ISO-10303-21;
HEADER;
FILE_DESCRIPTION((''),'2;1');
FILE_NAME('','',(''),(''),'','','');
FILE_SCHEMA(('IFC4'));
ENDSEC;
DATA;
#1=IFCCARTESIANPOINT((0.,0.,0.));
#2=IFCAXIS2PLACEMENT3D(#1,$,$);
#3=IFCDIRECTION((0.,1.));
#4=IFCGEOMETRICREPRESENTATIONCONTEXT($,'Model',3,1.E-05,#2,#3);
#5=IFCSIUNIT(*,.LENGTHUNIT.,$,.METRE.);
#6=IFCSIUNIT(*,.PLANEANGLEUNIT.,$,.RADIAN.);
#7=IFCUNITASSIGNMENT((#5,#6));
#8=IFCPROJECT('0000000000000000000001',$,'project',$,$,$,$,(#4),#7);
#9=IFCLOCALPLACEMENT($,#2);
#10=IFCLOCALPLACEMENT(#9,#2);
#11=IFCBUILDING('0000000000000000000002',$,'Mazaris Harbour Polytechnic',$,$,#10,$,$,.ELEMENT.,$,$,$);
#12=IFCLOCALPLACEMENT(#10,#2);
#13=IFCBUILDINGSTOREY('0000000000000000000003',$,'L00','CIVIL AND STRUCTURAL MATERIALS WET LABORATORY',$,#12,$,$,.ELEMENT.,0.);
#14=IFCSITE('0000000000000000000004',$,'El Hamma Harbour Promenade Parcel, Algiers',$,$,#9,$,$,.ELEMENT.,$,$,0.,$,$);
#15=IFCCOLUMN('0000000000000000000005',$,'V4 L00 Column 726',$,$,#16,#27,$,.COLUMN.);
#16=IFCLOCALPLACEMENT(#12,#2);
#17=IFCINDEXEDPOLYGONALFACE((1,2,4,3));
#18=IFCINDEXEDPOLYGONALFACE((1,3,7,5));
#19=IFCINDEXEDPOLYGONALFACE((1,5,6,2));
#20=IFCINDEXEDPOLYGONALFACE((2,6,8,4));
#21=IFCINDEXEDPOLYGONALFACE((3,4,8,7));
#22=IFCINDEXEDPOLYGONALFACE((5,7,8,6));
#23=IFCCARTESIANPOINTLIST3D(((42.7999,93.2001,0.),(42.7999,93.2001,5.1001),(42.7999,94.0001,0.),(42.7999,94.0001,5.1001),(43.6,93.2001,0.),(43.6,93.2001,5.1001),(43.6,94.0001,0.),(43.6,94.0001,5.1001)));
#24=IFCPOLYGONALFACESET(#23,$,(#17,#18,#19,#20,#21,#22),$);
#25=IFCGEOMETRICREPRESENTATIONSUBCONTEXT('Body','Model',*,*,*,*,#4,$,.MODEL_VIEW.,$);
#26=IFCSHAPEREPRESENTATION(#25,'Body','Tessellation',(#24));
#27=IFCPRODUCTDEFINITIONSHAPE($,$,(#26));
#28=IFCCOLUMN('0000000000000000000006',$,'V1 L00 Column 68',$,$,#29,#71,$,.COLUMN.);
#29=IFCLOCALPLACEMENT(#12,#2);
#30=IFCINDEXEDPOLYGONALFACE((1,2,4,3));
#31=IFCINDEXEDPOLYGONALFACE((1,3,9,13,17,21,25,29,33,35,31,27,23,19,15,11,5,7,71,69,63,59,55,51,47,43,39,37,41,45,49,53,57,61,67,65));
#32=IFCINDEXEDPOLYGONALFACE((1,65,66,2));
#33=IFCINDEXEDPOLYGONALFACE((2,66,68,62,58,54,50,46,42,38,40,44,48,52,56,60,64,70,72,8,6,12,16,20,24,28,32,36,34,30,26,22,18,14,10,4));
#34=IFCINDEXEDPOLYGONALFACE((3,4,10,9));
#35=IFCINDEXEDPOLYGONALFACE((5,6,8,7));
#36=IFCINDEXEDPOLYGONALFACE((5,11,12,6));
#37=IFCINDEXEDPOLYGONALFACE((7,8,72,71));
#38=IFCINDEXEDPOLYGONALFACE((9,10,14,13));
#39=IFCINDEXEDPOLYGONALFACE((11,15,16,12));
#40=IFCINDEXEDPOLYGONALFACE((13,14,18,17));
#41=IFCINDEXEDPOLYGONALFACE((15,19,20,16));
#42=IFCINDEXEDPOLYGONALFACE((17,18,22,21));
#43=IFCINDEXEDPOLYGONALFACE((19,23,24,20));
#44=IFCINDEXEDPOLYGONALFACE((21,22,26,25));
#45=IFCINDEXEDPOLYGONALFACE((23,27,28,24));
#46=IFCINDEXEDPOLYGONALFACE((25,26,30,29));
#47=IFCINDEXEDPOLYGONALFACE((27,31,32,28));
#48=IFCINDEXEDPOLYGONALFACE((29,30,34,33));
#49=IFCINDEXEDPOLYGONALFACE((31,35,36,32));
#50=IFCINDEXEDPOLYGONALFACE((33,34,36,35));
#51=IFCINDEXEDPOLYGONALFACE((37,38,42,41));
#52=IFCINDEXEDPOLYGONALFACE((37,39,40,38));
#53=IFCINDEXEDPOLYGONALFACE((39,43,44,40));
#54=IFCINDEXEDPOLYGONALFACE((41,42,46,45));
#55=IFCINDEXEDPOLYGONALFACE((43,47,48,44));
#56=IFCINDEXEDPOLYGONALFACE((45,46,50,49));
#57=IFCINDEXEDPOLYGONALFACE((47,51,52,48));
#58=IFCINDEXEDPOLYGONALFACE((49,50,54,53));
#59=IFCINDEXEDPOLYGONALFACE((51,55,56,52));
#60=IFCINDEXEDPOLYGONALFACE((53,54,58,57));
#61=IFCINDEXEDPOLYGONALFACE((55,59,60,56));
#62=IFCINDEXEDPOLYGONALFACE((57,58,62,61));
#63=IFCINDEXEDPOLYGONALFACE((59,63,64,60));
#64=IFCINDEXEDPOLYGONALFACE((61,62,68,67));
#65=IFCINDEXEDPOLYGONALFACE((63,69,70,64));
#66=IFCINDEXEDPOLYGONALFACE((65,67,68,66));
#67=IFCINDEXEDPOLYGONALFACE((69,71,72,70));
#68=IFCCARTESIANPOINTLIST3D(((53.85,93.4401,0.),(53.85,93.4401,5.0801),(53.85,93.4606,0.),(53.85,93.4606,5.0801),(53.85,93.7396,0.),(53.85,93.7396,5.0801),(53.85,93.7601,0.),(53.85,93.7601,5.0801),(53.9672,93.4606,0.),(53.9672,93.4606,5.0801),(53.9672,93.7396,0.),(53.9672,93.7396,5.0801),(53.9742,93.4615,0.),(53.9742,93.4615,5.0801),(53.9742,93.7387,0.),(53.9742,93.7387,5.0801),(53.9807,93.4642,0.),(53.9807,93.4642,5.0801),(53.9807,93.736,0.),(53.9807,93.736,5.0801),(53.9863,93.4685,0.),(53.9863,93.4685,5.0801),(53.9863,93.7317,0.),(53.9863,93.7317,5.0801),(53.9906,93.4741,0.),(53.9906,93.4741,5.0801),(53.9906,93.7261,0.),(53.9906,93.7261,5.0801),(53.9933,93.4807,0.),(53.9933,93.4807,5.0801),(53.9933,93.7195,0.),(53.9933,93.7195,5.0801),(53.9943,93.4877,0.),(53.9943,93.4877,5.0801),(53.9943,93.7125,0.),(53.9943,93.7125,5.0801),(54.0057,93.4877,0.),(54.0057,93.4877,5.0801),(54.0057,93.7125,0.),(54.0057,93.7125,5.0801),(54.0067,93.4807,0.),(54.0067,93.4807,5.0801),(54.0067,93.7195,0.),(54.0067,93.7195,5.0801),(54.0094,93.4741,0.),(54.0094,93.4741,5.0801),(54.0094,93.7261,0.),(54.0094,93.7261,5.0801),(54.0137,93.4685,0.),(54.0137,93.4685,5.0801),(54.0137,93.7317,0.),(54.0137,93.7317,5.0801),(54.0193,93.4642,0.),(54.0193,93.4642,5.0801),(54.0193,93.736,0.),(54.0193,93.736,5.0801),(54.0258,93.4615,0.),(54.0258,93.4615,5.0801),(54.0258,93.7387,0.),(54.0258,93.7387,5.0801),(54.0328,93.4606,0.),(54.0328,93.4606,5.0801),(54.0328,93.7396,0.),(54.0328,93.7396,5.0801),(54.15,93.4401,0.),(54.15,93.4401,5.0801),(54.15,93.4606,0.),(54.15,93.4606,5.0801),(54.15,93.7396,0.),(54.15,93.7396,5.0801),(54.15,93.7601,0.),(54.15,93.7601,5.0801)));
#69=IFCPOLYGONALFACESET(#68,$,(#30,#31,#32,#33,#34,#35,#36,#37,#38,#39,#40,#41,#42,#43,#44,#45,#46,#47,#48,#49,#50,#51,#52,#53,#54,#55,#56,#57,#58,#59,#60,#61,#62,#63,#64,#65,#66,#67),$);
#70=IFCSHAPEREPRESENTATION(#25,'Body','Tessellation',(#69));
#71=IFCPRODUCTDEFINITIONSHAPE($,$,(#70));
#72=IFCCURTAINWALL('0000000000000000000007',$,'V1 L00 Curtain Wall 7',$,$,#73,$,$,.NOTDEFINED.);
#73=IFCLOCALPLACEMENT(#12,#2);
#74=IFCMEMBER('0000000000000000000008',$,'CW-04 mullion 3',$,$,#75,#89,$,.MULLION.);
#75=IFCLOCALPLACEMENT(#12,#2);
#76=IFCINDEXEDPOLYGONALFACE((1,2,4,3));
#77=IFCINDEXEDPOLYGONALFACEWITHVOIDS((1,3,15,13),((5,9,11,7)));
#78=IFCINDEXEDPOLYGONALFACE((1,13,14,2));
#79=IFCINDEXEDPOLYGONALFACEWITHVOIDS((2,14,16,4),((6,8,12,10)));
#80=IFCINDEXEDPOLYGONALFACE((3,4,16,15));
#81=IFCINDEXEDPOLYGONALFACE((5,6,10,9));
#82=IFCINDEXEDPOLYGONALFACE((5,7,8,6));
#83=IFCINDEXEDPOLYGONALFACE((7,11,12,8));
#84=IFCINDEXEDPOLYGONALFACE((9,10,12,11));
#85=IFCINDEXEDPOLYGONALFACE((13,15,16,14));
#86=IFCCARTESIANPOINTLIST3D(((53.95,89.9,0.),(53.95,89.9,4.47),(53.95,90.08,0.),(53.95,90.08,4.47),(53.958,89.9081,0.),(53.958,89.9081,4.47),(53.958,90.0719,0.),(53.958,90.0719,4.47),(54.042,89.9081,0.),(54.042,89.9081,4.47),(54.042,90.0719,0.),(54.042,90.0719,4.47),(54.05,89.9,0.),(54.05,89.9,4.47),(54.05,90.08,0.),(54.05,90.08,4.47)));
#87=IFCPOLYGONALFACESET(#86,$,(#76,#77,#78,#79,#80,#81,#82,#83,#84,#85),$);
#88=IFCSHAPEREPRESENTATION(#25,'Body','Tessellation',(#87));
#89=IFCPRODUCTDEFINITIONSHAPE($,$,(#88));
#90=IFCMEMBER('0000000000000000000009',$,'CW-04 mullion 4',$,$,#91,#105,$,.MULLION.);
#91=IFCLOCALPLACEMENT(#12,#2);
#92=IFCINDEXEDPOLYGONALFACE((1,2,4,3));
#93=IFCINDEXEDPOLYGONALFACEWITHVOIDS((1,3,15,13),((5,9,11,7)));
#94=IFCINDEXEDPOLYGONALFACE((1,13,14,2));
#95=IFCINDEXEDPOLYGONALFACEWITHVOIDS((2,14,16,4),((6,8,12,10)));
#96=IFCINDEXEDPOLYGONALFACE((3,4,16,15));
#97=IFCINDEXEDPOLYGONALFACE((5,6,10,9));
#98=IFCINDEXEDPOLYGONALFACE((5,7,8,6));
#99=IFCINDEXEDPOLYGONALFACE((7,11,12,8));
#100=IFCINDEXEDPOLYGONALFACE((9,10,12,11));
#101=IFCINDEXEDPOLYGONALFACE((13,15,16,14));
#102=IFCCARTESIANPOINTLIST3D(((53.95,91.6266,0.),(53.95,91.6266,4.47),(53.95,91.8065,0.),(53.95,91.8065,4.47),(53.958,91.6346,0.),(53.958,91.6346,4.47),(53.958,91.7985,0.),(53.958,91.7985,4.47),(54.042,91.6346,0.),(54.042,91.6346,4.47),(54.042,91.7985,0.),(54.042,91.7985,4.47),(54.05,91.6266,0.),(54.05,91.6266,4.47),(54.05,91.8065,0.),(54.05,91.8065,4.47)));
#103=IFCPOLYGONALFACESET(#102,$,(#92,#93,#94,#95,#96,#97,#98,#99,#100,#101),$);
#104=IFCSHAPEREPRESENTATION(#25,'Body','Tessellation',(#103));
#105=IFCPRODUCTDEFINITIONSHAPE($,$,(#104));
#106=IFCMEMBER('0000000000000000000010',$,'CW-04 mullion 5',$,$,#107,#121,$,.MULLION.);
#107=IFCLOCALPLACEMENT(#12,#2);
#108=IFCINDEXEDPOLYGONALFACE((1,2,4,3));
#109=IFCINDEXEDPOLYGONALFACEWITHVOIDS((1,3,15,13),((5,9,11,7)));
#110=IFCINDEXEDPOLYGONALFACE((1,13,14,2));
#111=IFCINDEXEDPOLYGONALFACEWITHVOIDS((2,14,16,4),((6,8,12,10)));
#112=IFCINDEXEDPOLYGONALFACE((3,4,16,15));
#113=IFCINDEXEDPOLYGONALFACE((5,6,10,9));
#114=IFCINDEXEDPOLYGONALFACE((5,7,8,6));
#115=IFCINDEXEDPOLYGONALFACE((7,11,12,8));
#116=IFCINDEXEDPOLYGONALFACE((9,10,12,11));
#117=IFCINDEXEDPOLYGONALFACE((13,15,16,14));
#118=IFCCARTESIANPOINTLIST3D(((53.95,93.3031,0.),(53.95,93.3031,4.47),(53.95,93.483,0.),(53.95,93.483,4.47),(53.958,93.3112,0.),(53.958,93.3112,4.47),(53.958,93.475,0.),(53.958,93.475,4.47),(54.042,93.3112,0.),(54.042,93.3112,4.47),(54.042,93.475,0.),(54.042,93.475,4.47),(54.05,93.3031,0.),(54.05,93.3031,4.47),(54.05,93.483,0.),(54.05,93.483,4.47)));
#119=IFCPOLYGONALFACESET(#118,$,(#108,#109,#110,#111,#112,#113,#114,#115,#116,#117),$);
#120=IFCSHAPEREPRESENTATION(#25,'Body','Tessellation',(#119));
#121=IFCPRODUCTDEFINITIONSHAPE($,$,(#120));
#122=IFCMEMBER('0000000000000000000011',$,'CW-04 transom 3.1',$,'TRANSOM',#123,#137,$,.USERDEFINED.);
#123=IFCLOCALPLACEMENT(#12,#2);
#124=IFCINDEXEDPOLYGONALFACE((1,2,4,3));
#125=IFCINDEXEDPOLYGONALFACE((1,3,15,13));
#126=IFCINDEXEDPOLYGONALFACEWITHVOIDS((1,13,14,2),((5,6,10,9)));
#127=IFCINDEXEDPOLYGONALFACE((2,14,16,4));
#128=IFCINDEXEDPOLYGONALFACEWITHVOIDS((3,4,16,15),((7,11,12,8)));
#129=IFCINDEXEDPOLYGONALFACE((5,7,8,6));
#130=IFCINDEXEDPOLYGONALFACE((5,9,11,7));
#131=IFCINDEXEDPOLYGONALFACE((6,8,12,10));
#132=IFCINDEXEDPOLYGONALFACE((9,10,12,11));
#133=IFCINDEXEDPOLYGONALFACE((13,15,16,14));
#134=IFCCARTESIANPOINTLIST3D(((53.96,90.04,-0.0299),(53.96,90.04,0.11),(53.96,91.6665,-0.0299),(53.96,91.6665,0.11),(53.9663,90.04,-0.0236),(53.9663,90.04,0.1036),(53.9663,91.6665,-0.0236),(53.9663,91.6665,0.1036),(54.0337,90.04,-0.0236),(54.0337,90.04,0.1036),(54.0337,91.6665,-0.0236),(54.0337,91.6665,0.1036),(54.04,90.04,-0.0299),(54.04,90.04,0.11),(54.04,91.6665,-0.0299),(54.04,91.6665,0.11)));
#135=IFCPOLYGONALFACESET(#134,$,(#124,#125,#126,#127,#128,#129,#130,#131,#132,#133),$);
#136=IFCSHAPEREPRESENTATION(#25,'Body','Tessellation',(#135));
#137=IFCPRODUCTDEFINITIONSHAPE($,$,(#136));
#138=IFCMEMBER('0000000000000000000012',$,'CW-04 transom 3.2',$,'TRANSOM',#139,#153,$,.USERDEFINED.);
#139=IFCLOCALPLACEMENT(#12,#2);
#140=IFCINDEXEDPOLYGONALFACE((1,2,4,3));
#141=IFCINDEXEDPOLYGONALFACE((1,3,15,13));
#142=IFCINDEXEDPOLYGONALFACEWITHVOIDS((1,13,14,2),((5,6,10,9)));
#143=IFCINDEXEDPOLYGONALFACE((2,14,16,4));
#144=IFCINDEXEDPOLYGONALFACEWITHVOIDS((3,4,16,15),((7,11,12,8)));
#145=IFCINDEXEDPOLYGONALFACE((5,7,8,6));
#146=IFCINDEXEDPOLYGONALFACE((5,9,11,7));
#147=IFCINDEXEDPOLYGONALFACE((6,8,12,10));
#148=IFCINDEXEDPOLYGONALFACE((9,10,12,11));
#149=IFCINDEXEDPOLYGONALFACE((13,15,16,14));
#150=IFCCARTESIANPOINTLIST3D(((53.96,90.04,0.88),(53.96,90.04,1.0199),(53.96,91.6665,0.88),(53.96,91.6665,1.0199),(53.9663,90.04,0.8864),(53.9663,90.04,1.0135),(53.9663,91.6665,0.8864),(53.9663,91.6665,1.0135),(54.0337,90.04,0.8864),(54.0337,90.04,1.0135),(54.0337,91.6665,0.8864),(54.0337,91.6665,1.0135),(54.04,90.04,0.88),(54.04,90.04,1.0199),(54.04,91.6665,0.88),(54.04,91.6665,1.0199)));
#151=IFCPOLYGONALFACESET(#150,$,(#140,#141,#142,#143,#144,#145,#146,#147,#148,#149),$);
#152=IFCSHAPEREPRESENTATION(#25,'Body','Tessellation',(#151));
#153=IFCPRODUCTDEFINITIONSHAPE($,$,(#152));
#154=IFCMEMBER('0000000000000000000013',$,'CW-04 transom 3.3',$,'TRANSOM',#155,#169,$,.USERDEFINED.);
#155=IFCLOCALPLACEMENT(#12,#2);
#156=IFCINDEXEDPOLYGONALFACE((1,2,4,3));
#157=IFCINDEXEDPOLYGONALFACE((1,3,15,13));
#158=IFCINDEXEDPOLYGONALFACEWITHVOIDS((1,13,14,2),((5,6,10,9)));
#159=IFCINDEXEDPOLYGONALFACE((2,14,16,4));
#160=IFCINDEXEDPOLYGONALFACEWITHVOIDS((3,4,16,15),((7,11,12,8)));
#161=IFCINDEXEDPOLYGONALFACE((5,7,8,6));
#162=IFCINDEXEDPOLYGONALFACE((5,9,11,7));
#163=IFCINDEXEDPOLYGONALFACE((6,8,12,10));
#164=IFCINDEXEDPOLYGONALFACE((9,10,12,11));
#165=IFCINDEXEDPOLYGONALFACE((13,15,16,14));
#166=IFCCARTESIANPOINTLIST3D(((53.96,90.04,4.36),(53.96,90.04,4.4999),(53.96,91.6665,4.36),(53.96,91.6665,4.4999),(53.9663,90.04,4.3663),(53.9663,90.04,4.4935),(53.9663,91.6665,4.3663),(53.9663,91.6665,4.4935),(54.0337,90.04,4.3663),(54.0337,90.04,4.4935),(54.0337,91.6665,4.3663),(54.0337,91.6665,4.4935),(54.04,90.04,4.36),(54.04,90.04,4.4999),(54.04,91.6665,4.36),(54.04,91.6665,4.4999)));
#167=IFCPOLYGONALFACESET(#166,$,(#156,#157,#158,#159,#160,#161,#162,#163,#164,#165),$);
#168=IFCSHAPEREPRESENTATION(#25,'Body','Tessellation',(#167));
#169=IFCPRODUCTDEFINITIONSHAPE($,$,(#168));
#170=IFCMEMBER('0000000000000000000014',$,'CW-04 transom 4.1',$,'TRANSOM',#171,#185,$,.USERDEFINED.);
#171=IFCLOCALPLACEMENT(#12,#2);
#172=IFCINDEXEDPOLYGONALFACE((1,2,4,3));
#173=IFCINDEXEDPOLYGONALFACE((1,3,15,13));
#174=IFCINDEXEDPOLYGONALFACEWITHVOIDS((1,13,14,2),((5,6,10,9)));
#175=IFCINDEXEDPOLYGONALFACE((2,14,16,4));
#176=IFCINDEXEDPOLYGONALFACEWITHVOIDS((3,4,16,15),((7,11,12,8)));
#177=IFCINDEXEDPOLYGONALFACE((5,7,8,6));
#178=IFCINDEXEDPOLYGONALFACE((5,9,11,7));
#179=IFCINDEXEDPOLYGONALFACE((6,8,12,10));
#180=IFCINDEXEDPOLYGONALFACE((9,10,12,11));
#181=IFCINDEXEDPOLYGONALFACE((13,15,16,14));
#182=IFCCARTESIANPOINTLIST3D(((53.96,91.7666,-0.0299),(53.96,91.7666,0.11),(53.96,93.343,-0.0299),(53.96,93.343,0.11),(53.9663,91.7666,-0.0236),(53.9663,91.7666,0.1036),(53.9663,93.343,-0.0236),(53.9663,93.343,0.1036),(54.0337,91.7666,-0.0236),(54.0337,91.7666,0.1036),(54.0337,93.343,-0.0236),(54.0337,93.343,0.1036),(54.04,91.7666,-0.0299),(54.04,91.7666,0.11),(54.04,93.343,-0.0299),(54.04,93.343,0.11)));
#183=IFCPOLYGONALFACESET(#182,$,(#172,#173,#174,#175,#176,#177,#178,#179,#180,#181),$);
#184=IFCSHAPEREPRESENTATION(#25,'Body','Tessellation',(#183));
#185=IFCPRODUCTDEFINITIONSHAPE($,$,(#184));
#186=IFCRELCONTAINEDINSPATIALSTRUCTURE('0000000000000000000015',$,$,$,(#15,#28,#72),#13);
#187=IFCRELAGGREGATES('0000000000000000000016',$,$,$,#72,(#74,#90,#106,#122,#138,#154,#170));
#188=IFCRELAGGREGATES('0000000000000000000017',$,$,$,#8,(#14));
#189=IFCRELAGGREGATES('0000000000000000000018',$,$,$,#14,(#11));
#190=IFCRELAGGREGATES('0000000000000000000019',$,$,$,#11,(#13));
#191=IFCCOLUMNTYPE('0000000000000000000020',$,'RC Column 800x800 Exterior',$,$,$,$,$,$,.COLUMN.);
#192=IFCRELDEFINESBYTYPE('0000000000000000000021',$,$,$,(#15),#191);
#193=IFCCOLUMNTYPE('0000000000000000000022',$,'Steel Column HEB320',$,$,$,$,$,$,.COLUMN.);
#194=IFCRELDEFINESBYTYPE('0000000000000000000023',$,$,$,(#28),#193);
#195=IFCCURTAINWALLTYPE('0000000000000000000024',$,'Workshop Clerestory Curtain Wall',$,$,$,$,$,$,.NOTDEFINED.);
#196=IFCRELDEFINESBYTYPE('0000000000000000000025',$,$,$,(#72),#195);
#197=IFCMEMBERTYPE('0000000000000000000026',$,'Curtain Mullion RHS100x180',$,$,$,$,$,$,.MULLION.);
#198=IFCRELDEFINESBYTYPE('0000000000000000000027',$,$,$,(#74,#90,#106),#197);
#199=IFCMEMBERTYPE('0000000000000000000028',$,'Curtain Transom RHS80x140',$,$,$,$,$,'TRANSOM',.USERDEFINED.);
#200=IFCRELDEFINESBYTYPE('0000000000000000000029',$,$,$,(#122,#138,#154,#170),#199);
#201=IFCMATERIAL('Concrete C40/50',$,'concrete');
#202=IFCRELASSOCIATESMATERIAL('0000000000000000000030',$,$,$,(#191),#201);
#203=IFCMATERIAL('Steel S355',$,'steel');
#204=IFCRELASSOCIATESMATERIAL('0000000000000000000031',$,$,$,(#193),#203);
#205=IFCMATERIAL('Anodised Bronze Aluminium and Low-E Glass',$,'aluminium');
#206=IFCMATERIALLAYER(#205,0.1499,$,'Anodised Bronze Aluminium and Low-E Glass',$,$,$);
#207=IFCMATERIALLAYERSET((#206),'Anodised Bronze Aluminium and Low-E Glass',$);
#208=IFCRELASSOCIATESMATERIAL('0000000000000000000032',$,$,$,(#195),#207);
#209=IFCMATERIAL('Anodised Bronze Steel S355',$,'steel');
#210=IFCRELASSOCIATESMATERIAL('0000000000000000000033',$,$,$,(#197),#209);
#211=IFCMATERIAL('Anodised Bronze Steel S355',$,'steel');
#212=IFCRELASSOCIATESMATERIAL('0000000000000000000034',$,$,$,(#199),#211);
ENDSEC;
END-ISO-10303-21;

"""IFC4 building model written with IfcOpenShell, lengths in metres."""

from ifc_helpers import new_model, si_unit, direction, frame, origin, origin_2d, place, context, subcontext, project, spatial, rectangle, hollow_rectangle, i_section, extrude, material, layer, layer_set, material_profile, profile_set, type_object, element, aggregate, save


model = new_model("IFC4")

# Units and contexts
model_context = context("Model", 3, precision=1e-05, world=origin(), true_north=direction((0.0, 1.0)))
body_context = subcontext(model_context, "Body", "Model", "MODEL_VIEW")
ifc_project = project(units=[si_unit("LENGTHUNIT", "METRE"), si_unit("PLANEANGLEUNIT", "RADIAN")], contexts=[model_context])

# Site, building, storey
site_placement = place(None, origin())
site = spatial("IfcSite", under=ifc_project, at=site_placement, Name="El Hamma Harbour Promenade Parcel, Algiers", CompositionType="ELEMENT", RefElevation=0.0)
building_placement = place(site_placement, origin())
building = spatial("IfcBuilding", under=site, at=building_placement, Name="Mazaris Harbour Polytechnic", CompositionType="ELEMENT")
storey_placement = place(building_placement, origin())
storey = spatial("IfcBuildingStorey", under=building, at=storey_placement, Name="L00", Description="CIVIL AND STRUCTURAL MATERIALS WET LABORATORY", CompositionType="ELEMENT", Elevation=0.0)

# Columns
ifc_material_1 = material(Name="Concrete C40/50", Category="concrete")
ifc_material_profile_1 = material_profile(ifc_material_1, rectangle(XDim=0.8, YDim=0.8, at=origin_2d()), Name="RECT800x800")
ifc_profile_set_1 = profile_set([ifc_material_profile_1], Name="Concrete C40/50")
column_type_1 = type_object("IfcColumnType", Name="RC Column 800x800 Exterior", PredefinedType="COLUMN", material=ifc_profile_set_1)
column_1_placement = place(storey_placement, frame((43.2, 93.6001, 0.0), z_axis=(0.0, 0.0, 1.0), x_axis=(1.0, 0.0, 0.0)))
element("IfcColumn", 1, at=column_1_placement, inside=storey, type_object=column_type_1, Name="V4 L00 Column 726", PredefinedType="COLUMN", context=body_context, shape_type="SweptSolid", body=[
    extrude(rectangle(XDim=0.8, YDim=0.8, at=origin_2d()), origin(), (0.0, 0.0, 1.0), 5.1001),
])
ifc_material_2 = material(Name="Steel S355", Category="steel")
ifc_material_profile_2 = material_profile(ifc_material_2, i_section(OverallWidth=0.3, OverallDepth=0.3201, WebThickness=0.0115, FlangeThickness=0.0205, FilletRadius=0.0271, at=origin_2d()), Name="HEB 320")
ifc_profile_set_2 = profile_set([ifc_material_profile_2], Name="Steel S355")
column_type_2 = type_object("IfcColumnType", Name="Steel Column HEB320", PredefinedType="COLUMN", material=ifc_profile_set_2)
column_2_placement = place(storey_placement, frame((54.0, 93.6001, 0.0), z_axis=(0.0, 0.0, 1.0), x_axis=(1.0, 0.0, 0.0)))
element("IfcColumn", 2, at=column_2_placement, inside=storey, type_object=column_type_2, Name="V1 L00 Column 68", PredefinedType="COLUMN", context=body_context, shape_type="SweptSolid", body=[
    extrude(i_section(OverallWidth=0.3, OverallDepth=0.3201, WebThickness=0.0115, FlangeThickness=0.0205, FilletRadius=0.0271, at=origin_2d()), origin(), (0.0, 0.0, 1.0), 5.0801),
])

# Curtain wall, members
ifc_material_3 = material(Name="Anodised Bronze Aluminium and Low-E Glass", Category="aluminium")
ifc_layer_1 = layer(ifc_material_3, 0.1499, Name="Anodised Bronze Aluminium and Low-E Glass")
ifc_layer_set_1 = layer_set([ifc_layer_1], Name="Anodised Bronze Aluminium and Low-E Glass")
curtain_wall_type = type_object("IfcCurtainWallType", Name="Workshop Clerestory Curtain Wall", PredefinedType="NOTDEFINED", material=ifc_layer_set_1)
curtain_wall_placement = place(storey_placement, origin())
curtain_wall = element("IfcCurtainWall", 3, at=curtain_wall_placement, inside=storey, type_object=curtain_wall_type, Name="V1 L00 Curtain Wall 7", PredefinedType="NOTDEFINED")
ifc_material_4 = material(Name="Anodised Bronze Steel S355", Category="steel")
ifc_material_profile_3 = material_profile(ifc_material_4, hollow_rectangle(XDim=0.1001, YDim=0.1799, WallThickness=0.0081, at=origin_2d()), Name="RHS 100x180x8.0")
ifc_profile_set_3 = profile_set([ifc_material_profile_3], Name="Anodised Bronze Steel S355")
member_type_1 = type_object("IfcMemberType", Name="Curtain Mullion RHS100x180", PredefinedType="MULLION", material=ifc_profile_set_3)
member_1_placement = place(storey_placement, frame((54.0, 89.99, 0.0), z_axis=(0.0, 0.0, 1.0), x_axis=(-1.0, 0.0, 0.0)))
member_1 = element("IfcMember", 4, at=member_1_placement, type_object=member_type_1, Name="CW-04 mullion 3", PredefinedType="MULLION", context=body_context, shape_type="SweptSolid", body=[
    extrude(hollow_rectangle(XDim=0.1001, YDim=0.1799, WallThickness=0.0081, at=origin_2d()), origin(), (0.0, 0.0, 1.0), 4.47),
])
member_2_placement = place(storey_placement, frame((54.0, 91.7166, 0.0), z_axis=(0.0, 0.0, 1.0), x_axis=(-1.0, 0.0, 0.0)))
member_2 = element("IfcMember", 5, at=member_2_placement, type_object=member_type_1, Name="CW-04 mullion 4", PredefinedType="MULLION", context=body_context, shape_type="SweptSolid", body=[
    extrude(hollow_rectangle(XDim=0.1001, YDim=0.1799, WallThickness=0.0081, at=origin_2d()), origin(), (0.0, 0.0, 1.0), 4.47),
])
member_3_placement = place(storey_placement, frame((54.0, 93.3931, 0.0), z_axis=(0.0, 0.0, 1.0), x_axis=(-1.0, 0.0, 0.0)))
member_3 = element("IfcMember", 6, at=member_3_placement, type_object=member_type_1, Name="CW-04 mullion 5", PredefinedType="MULLION", context=body_context, shape_type="SweptSolid", body=[
    extrude(hollow_rectangle(XDim=0.1001, YDim=0.1799, WallThickness=0.0081, at=origin_2d()), origin(), (0.0, 0.0, 1.0), 4.47),
])
ifc_material_5 = material(Name="Anodised Bronze Steel S355", Category="steel")
ifc_material_profile_4 = material_profile(ifc_material_5, hollow_rectangle(XDim=0.0801, YDim=0.1399, WallThickness=0.0063, at=origin_2d()), Name="RHS 80x140x6.3")
ifc_profile_set_4 = profile_set([ifc_material_profile_4], Name="Anodised Bronze Steel S355")
member_type_2 = type_object("IfcMemberType", Name="Curtain Transom RHS80x140", ElementType="TRANSOM", PredefinedType="USERDEFINED", material=ifc_profile_set_4)
member_4_placement = place(storey_placement, frame((54.0, 90.04, 0.04), z_axis=(0.0, 1.0, 0.0), x_axis=(-1.0, 0.0, 0.0)))
member_4 = element("IfcMember", 7, at=member_4_placement, type_object=member_type_2, Name="CW-04 transom 3.1", ObjectType="TRANSOM", PredefinedType="USERDEFINED", context=body_context, shape_type="SweptSolid", body=[
    extrude(hollow_rectangle(XDim=0.0801, YDim=0.1399, WallThickness=0.0063, at=origin_2d()), origin(), (0.0, 0.0, 1.0), 1.6265),
])
member_5_placement = place(storey_placement, frame((54.0, 90.04, 0.95), z_axis=(0.0, 1.0, 0.0), x_axis=(-1.0, 0.0, 0.0)))
member_5 = element("IfcMember", 8, at=member_5_placement, type_object=member_type_2, Name="CW-04 transom 3.2", ObjectType="TRANSOM", PredefinedType="USERDEFINED", context=body_context, shape_type="SweptSolid", body=[
    extrude(hollow_rectangle(XDim=0.0801, YDim=0.1399, WallThickness=0.0063, at=origin_2d()), origin(), (0.0, 0.0, 1.0), 1.6265),
])
member_6_placement = place(storey_placement, frame((54.0, 90.04, 4.4299), z_axis=(0.0, 1.0, 0.0), x_axis=(-1.0, 0.0, 0.0)))
member_6 = element("IfcMember", 9, at=member_6_placement, type_object=member_type_2, Name="CW-04 transom 3.3", ObjectType="TRANSOM", PredefinedType="USERDEFINED", context=body_context, shape_type="SweptSolid", body=[
    extrude(hollow_rectangle(XDim=0.0801, YDim=0.1399, WallThickness=0.0063, at=origin_2d()), origin(), (0.0, 0.0, 1.0), 1.6265),
])
member_7_placement = place(storey_placement, frame((54.0, 91.7666, 0.04), z_axis=(0.0, 1.0, 0.0), x_axis=(-1.0, 0.0, 0.0)))
member_7 = element("IfcMember", 10, at=member_7_placement, type_object=member_type_2, Name="CW-04 transom 4.1", ObjectType="TRANSOM", PredefinedType="USERDEFINED", context=body_context, shape_type="SweptSolid", body=[
    extrude(hollow_rectangle(XDim=0.0801, YDim=0.1399, WallThickness=0.0063, at=origin_2d()), origin(), (0.0, 0.0, 1.0), 1.5764),
])

aggregate(curtain_wall, [member_1, member_2, member_3, member_4, member_5, member_6, member_7])

save(model, "model.ifc")
